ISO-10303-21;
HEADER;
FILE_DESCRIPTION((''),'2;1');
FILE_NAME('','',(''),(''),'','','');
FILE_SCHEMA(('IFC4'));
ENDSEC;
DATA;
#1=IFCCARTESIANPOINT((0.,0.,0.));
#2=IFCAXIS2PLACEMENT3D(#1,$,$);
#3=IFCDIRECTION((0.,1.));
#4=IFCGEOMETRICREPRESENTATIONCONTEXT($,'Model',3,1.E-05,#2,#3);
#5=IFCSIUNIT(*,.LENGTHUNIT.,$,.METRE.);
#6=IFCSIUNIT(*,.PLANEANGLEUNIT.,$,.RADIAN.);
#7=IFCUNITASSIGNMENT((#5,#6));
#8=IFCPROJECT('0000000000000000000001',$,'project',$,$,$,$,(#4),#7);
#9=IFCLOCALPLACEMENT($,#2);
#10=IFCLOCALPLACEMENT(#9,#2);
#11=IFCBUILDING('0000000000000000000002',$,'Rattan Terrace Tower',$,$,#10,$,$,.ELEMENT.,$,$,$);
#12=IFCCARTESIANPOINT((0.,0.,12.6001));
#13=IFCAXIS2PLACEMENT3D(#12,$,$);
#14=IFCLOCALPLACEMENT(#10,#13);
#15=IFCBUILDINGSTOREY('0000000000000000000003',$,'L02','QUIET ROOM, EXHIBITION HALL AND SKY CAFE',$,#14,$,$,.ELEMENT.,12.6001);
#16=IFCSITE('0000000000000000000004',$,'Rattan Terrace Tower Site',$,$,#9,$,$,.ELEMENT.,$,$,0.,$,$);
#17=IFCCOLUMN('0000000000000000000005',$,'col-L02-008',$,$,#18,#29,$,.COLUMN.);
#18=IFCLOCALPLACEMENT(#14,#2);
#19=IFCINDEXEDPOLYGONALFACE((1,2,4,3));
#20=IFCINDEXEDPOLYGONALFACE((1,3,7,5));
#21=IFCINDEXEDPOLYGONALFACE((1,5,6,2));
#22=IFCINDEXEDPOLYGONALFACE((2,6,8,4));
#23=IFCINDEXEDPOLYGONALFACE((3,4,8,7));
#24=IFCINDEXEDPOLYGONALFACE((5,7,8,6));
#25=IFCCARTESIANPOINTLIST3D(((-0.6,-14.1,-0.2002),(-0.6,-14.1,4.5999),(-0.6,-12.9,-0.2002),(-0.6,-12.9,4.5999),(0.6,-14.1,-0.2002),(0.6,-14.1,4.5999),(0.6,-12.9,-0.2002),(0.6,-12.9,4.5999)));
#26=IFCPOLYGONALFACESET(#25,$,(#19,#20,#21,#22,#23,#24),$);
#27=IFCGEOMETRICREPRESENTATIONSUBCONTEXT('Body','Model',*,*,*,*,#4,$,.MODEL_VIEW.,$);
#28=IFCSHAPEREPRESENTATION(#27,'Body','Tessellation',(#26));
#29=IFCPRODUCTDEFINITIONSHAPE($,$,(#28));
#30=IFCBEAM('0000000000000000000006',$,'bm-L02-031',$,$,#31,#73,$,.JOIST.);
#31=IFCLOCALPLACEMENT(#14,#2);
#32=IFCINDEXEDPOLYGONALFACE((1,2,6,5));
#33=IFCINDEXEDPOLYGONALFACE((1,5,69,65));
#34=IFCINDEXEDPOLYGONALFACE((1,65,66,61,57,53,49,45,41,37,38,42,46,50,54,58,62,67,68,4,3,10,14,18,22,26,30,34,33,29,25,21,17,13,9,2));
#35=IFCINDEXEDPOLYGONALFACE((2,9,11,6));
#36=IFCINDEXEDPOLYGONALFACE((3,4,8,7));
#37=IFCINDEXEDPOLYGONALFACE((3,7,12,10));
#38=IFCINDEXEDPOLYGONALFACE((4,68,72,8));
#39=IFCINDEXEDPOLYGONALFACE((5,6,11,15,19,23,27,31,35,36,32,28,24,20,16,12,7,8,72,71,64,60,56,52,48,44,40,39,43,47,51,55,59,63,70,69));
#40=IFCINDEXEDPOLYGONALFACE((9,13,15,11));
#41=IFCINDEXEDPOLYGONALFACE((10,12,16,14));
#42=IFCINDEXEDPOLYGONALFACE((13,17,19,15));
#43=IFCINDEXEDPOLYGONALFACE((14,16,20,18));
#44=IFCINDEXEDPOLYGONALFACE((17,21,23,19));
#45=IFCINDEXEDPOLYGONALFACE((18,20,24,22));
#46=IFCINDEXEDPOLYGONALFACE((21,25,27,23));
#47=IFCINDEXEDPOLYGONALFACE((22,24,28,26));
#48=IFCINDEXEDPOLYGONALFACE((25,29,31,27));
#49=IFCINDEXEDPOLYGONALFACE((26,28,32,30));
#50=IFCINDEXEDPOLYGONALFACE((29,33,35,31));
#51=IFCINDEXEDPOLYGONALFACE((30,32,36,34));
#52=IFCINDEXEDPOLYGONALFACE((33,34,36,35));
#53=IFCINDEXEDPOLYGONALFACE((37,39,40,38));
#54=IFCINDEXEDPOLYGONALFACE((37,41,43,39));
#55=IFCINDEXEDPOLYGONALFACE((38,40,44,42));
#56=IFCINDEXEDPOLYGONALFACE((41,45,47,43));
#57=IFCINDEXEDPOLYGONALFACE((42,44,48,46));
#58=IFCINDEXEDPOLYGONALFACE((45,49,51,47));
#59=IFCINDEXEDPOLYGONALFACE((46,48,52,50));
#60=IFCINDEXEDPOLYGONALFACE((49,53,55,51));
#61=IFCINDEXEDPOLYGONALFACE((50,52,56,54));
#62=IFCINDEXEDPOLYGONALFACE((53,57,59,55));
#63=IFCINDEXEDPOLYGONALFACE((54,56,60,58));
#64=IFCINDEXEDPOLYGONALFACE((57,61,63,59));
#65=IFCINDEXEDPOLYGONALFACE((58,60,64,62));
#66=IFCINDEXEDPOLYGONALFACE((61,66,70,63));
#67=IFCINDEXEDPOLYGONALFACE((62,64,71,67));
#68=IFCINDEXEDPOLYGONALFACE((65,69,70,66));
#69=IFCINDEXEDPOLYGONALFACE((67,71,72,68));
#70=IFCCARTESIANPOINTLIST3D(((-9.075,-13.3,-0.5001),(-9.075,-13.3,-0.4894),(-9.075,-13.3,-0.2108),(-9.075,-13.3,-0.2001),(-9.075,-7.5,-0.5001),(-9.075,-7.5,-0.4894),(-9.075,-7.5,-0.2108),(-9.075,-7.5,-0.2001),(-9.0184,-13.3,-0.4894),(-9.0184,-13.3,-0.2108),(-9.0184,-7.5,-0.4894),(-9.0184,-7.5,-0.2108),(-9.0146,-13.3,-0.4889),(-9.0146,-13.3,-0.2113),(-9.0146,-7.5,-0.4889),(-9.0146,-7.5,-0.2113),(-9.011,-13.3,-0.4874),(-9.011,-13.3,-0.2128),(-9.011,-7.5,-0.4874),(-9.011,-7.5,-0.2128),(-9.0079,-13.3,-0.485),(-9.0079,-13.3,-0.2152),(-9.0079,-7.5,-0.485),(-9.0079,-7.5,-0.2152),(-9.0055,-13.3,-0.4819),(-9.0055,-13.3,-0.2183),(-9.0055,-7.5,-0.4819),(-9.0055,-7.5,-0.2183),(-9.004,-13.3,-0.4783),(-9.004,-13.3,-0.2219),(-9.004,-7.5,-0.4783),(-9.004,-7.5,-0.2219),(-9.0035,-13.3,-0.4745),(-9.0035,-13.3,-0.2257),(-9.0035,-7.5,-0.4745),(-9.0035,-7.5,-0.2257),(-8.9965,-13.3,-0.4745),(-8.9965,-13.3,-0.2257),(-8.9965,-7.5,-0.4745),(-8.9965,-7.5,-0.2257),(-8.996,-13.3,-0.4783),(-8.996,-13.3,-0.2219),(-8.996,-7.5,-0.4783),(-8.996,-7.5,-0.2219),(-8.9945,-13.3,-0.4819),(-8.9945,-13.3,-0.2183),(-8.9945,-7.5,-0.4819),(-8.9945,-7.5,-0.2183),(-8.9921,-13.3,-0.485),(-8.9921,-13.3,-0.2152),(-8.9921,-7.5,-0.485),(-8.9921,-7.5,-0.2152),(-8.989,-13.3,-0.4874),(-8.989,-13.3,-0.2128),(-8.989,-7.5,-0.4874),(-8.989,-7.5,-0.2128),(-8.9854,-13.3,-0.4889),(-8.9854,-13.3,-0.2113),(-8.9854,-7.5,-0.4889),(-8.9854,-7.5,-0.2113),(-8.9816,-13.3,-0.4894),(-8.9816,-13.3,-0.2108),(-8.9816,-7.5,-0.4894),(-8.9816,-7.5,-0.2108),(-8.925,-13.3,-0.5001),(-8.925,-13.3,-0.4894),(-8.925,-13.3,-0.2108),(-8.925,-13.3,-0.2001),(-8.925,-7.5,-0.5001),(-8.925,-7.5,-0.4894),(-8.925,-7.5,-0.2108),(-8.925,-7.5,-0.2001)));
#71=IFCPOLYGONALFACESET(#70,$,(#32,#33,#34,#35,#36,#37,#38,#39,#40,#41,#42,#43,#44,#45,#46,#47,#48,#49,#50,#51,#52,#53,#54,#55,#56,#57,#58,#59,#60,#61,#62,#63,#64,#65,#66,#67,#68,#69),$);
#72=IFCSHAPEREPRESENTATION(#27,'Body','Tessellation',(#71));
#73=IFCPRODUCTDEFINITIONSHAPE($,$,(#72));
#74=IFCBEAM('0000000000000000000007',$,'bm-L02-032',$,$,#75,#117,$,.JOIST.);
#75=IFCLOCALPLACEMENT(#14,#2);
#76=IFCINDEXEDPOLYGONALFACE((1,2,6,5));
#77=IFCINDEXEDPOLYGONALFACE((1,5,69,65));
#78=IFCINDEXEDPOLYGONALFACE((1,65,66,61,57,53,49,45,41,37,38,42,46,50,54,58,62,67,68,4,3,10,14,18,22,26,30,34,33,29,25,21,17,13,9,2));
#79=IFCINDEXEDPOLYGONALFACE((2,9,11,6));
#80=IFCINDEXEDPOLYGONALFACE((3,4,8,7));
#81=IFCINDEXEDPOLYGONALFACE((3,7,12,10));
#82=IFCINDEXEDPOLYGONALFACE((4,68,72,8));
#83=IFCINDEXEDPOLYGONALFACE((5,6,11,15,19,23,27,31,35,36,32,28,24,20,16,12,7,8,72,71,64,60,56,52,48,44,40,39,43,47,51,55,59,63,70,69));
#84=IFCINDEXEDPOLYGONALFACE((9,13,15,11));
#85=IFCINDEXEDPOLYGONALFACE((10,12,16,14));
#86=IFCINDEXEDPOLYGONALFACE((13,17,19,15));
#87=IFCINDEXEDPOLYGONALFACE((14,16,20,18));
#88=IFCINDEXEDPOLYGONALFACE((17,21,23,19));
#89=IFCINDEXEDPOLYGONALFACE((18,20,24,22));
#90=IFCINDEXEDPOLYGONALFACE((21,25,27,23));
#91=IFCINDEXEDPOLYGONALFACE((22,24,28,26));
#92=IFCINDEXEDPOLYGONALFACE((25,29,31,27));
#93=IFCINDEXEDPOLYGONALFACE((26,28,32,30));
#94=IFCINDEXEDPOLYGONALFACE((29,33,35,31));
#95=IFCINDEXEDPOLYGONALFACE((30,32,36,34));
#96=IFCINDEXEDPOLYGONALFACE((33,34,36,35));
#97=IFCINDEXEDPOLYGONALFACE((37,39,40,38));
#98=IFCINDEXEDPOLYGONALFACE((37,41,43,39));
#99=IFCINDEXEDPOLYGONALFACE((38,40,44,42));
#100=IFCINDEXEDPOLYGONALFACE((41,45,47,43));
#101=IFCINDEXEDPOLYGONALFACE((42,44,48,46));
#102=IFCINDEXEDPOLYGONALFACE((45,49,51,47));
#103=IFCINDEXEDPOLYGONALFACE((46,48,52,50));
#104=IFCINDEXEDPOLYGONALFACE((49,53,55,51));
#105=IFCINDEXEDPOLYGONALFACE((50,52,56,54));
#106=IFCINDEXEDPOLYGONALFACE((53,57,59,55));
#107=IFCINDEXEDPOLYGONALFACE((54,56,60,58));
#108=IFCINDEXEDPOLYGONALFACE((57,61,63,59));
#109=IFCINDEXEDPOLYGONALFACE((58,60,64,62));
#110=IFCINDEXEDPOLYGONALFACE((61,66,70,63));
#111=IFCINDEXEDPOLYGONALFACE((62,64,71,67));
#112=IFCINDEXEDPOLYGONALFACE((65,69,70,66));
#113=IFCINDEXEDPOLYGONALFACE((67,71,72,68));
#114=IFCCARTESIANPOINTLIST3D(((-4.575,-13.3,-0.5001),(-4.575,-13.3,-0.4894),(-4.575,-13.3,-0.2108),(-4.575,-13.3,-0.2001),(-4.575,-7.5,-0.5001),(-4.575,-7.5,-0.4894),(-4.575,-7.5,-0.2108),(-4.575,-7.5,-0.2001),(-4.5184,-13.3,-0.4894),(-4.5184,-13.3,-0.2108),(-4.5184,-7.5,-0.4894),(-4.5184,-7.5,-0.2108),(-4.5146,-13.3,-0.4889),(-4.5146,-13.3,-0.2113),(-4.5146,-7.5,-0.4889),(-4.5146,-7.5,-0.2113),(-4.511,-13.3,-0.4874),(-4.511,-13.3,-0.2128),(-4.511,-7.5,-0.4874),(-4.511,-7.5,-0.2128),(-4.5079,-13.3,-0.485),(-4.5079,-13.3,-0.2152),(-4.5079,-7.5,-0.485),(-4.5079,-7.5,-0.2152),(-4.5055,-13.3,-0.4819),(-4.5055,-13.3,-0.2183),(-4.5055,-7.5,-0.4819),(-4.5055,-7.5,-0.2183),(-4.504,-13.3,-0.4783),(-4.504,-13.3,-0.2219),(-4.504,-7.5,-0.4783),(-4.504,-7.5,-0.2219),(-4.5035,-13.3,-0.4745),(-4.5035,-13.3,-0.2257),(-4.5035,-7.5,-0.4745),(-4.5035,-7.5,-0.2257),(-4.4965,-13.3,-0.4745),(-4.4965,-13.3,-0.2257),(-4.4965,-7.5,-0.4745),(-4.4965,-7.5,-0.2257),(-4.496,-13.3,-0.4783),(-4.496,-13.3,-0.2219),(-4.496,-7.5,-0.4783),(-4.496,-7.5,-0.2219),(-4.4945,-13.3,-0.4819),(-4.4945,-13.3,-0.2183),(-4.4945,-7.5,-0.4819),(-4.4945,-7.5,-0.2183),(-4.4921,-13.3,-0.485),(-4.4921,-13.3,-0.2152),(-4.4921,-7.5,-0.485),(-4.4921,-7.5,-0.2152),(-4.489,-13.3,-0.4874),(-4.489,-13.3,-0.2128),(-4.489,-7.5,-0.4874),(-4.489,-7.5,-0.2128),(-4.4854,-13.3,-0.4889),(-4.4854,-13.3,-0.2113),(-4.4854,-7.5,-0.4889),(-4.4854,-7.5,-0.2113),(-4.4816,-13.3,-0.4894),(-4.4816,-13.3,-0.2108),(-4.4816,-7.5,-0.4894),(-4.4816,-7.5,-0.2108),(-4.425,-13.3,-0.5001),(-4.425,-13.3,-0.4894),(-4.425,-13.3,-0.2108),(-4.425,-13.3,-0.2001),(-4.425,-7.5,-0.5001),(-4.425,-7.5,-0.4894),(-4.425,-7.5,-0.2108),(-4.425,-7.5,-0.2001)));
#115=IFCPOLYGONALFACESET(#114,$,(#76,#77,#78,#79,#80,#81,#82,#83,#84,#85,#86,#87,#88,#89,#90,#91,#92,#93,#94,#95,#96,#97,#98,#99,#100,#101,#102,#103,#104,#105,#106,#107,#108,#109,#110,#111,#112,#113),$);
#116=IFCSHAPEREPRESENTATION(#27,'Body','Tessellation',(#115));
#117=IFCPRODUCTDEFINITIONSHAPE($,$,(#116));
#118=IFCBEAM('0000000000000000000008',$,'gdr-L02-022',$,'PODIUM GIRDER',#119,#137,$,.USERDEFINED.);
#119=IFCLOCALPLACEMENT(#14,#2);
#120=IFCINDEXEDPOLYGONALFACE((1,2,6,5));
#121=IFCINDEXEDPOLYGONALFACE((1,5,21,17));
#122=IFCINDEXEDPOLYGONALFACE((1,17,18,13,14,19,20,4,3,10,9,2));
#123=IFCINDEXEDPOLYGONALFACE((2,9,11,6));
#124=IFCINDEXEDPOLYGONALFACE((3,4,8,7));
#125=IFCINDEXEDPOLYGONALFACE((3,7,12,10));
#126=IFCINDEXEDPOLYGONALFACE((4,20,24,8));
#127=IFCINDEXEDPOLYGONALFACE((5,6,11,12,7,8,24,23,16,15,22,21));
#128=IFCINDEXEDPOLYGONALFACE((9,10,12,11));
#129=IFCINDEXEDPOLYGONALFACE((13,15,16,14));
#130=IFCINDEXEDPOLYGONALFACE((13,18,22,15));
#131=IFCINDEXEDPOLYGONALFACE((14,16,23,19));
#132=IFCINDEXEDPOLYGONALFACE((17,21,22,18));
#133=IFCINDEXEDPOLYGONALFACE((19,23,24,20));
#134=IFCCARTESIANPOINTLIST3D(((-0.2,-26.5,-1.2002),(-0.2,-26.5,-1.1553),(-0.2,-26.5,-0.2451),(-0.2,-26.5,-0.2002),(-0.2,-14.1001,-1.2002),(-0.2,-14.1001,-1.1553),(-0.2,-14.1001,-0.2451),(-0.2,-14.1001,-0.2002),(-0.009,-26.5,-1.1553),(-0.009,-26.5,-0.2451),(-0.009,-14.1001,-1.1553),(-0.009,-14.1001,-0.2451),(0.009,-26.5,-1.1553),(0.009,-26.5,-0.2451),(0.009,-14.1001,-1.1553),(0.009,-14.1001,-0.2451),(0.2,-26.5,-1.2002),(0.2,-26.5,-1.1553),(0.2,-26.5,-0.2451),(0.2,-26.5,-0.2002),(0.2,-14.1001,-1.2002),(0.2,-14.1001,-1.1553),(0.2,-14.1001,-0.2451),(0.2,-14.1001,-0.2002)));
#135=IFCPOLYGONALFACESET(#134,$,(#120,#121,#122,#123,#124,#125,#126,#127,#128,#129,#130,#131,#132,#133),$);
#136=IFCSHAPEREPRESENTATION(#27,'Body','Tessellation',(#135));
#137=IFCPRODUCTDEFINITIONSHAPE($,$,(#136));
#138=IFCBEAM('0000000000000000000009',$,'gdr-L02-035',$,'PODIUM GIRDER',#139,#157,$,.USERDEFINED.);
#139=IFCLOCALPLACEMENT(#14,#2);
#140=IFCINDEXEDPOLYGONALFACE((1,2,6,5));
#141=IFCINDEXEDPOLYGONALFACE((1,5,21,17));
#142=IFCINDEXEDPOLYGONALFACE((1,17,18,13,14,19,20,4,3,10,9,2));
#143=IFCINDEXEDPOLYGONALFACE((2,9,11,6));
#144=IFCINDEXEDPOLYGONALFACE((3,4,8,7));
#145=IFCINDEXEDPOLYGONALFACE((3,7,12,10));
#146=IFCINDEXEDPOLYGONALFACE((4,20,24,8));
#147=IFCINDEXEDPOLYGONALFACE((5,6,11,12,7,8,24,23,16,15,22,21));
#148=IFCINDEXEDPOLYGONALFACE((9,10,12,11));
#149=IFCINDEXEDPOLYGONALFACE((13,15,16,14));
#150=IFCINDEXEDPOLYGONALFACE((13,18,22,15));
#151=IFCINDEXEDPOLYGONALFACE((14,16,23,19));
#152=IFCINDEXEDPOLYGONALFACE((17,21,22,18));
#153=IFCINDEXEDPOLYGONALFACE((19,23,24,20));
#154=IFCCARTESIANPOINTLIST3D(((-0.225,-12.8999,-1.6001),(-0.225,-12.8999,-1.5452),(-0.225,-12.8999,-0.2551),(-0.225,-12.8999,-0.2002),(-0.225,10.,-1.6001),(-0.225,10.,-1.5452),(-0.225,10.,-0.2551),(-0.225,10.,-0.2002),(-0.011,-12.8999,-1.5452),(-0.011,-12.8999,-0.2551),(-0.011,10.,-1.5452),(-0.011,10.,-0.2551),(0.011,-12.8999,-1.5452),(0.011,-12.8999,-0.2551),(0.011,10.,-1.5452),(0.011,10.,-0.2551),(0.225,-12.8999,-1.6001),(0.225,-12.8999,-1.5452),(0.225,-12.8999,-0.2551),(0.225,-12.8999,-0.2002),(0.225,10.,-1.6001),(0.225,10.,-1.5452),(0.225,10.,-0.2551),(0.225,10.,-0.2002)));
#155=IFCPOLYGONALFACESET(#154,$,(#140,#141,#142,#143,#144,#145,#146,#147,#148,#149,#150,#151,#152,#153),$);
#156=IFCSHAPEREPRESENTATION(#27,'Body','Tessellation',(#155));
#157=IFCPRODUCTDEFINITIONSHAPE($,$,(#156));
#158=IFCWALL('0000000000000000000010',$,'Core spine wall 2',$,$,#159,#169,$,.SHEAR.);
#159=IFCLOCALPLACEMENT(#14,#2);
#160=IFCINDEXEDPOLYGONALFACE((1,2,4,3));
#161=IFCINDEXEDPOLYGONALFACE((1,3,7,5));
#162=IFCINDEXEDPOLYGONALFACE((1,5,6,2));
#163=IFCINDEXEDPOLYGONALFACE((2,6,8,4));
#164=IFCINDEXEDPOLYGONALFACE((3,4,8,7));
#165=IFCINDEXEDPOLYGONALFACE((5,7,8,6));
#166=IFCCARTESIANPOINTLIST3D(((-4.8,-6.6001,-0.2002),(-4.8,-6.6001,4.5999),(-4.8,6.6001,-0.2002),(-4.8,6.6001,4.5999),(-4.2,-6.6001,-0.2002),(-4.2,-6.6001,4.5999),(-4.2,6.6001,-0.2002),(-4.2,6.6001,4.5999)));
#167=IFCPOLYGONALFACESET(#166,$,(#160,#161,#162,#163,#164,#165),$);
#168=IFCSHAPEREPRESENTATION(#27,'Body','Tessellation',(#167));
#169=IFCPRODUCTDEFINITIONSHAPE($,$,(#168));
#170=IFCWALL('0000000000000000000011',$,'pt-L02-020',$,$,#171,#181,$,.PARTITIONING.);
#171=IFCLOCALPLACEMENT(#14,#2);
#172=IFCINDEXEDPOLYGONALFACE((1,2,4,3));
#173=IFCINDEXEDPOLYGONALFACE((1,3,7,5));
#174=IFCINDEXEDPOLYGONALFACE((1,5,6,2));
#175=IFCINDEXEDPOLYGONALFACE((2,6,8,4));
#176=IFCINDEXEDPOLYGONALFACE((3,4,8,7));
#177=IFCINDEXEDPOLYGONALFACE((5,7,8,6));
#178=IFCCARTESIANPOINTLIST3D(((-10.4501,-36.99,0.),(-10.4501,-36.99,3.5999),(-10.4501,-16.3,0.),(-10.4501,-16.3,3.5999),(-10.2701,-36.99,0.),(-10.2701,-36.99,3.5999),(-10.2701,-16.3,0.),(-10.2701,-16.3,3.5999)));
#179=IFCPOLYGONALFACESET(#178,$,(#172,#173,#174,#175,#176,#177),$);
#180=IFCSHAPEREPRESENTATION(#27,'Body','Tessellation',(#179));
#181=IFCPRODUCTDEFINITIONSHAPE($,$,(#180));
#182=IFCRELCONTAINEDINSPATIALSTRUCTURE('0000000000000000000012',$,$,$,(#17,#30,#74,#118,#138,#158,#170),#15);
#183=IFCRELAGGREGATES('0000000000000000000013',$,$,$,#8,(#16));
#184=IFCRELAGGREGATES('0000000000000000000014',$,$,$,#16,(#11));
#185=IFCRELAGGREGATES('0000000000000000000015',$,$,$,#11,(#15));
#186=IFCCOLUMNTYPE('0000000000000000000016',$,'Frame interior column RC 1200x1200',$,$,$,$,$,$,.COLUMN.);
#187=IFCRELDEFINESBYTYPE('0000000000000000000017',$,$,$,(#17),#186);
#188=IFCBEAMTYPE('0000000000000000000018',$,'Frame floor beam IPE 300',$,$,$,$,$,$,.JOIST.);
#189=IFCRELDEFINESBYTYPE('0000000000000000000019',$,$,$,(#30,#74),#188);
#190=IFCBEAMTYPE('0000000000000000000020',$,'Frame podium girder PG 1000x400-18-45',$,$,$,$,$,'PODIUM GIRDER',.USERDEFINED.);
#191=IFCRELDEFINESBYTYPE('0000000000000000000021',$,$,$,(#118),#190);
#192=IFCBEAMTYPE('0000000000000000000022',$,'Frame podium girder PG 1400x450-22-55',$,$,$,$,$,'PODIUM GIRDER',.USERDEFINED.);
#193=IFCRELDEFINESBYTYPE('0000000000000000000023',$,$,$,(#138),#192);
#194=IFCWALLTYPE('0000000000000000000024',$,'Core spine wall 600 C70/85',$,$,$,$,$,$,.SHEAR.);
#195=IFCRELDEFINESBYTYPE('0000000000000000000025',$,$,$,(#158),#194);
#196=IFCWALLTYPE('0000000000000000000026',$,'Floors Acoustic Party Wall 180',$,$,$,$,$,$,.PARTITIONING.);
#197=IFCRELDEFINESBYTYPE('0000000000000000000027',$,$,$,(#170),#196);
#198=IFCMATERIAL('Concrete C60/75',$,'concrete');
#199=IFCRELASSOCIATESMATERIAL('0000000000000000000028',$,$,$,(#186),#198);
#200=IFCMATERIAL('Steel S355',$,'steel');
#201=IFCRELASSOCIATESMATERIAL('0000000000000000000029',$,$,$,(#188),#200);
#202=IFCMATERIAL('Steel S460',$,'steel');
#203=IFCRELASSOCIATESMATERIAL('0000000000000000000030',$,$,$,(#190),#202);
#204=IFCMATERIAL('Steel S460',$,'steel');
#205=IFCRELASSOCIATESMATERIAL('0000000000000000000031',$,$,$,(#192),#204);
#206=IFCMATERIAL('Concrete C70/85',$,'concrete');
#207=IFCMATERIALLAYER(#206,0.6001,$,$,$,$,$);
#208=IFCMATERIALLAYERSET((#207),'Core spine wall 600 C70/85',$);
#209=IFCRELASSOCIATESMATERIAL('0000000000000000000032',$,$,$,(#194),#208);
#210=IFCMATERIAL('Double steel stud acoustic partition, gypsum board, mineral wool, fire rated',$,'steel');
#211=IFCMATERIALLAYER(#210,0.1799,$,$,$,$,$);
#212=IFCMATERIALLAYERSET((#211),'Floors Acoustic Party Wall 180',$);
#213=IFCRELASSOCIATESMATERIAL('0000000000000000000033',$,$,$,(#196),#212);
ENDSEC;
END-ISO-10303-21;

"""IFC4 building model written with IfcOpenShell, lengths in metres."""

from ifc_helpers import new_model, si_unit, direction, frame, frame_2d, origin, origin_2d, place, context, subcontext, project, spatial, rectangle, i_section, extrude, material, layer, layer_set, material_profile, profile_set, type_object, element, save


model = new_model("IFC4")

# Units and contexts
model_context = context("Model", 3, precision=1e-05, world=origin(), true_north=direction((0.0, 1.0)))
body_context = subcontext(model_context, "Body", "Model", "MODEL_VIEW")
ifc_project = project(units=[si_unit("LENGTHUNIT", "METRE"), si_unit("PLANEANGLEUNIT", "RADIAN")], contexts=[model_context])

# Site, building, storey
site_placement = place(None, origin())
site = spatial("IfcSite", under=ifc_project, at=site_placement, Name="Rattan Terrace Tower Site", CompositionType="ELEMENT", RefElevation=0.0)
building_placement = place(site_placement, origin())
building = spatial("IfcBuilding", under=site, at=building_placement, Name="Rattan Terrace Tower", CompositionType="ELEMENT")
storey_placement = place(building_placement, frame((0.0, 0.0, 12.6001)))
storey = spatial("IfcBuildingStorey", under=building, at=storey_placement, Name="L02", Description="QUIET ROOM, EXHIBITION HALL AND SKY CAFE", CompositionType="ELEMENT", Elevation=12.6001)

# Column
ifc_material_1 = material(Name="Concrete C60/75", Category="concrete")
ifc_material_profile_1 = material_profile(ifc_material_1, rectangle(XDim=1.2, YDim=1.2, at=origin_2d()), Name="RC 1200x1200")
ifc_profile_set_1 = profile_set([ifc_material_profile_1], Name="Concrete C60/75")
column_type = type_object("IfcColumnType", Name="Frame interior column RC 1200x1200", PredefinedType="COLUMN", material=ifc_profile_set_1)
column_placement = place(storey_placement, frame((0.0, -13.5, -0.2002), z_axis=(0.0, 0.0, 1.0), x_axis=(1.0, 0.0, 0.0)))
element("IfcColumn", 1, at=column_placement, inside=storey, type_object=column_type, Name="col-L02-008", PredefinedType="COLUMN", context=body_context, shape_type="SweptSolid", body=[
    extrude(rectangle(XDim=1.2, YDim=1.2, at=origin_2d()), origin(), (0.0, 0.0, 1.0), 4.8),
])

# Beams
ifc_material_2 = material(Name="Steel S355", Category="steel")
ifc_material_profile_2 = material_profile(ifc_material_2, i_section(OverallWidth=0.1499, OverallDepth=0.3, WebThickness=0.0071, FlangeThickness=0.0107, FilletRadius=0.0149, at=origin_2d()), Name="IPE 300")
ifc_profile_set_2 = profile_set([ifc_material_profile_2], Name="Steel S355")
beam_type_1 = type_object("IfcBeamType", Name="Frame floor beam IPE 300", PredefinedType="JOIST", material=ifc_profile_set_2)
for number, where, z_axis, x_axis, name in (
    (2, (-9.0, -13.3, -0.3501), (0.0, 1.0, 0.0), (-1.0, 0.0, 0.0), "bm-L02-031"),
    (3, (-4.5, -13.3, -0.3501), (0.0, 1.0, 0.0), (-1.0, 0.0, 0.0), "bm-L02-032"),
):
    element("IfcBeam", number, at=place(storey_placement, frame(where, z_axis=z_axis, x_axis=x_axis)), inside=storey, type_object=beam_type_1, Name=name, PredefinedType="JOIST", context=body_context, shape_type="SweptSolid", body=[
        extrude(i_section(OverallWidth=0.1499, OverallDepth=0.3, WebThickness=0.0071, FlangeThickness=0.0107, FilletRadius=0.0149, at=origin_2d()), origin(), (0.0, 0.0, 1.0), 5.8),
    ])
ifc_material_3 = material(Name="Steel S460", Category="steel")
ifc_material_profile_3 = material_profile(ifc_material_3, i_section(OverallWidth=0.3999, OverallDepth=1.0, WebThickness=0.0181, FlangeThickness=0.0449, at=origin_2d()), Name="PG 1000x400-18-45")
ifc_profile_set_3 = profile_set([ifc_material_profile_3], Name="Steel S460")
beam_type_2 = type_object("IfcBeamType", Name="Frame podium girder PG 1000x400-18-45", ElementType="PODIUM GIRDER", PredefinedType="USERDEFINED", material=ifc_profile_set_3)
beam_1_placement = place(storey_placement, frame((0.0, -26.5, -0.7002), z_axis=(0.0, 1.0, 0.0), x_axis=(-1.0, 0.0, 0.0)))
element("IfcBeam", 4, at=beam_1_placement, inside=storey, type_object=beam_type_2, Name="gdr-L02-022", ObjectType="PODIUM GIRDER", PredefinedType="USERDEFINED", context=body_context, shape_type="SweptSolid", body=[
    extrude(i_section(OverallWidth=0.3999, OverallDepth=1.0, WebThickness=0.0181, FlangeThickness=0.0449, at=origin_2d()), origin(), (0.0, 0.0, 1.0), 12.3999),
])
ifc_material_4 = material(Name="Steel S460", Category="steel")
ifc_material_profile_4 = material_profile(ifc_material_4, i_section(OverallWidth=0.45, OverallDepth=1.3999, WebThickness=0.022, FlangeThickness=0.0549, at=origin_2d()), Name="PG 1400x450-22-55")
ifc_profile_set_4 = profile_set([ifc_material_profile_4], Name="Steel S460")
beam_type_3 = type_object("IfcBeamType", Name="Frame podium girder PG 1400x450-22-55", ElementType="PODIUM GIRDER", PredefinedType="USERDEFINED", material=ifc_profile_set_4)
beam_2_placement = place(storey_placement, frame((0.0, -12.8999, -0.9001), z_axis=(0.0, 1.0, 0.0), x_axis=(-1.0, 0.0, 0.0)))
element("IfcBeam", 5, at=beam_2_placement, inside=storey, type_object=beam_type_3, Name="gdr-L02-035", ObjectType="PODIUM GIRDER", PredefinedType="USERDEFINED", context=body_context, shape_type="SweptSolid", body=[
    extrude(i_section(OverallWidth=0.45, OverallDepth=1.3999, WebThickness=0.022, FlangeThickness=0.0549, at=origin_2d()), origin(), (0.0, 0.0, 1.0), 22.8999),
])

# Walls
ifc_material_5 = material(Name="Concrete C70/85", Category="concrete")
ifc_layer_1 = layer(ifc_material_5, 0.6001)
ifc_layer_set_1 = layer_set([ifc_layer_1], Name="Core spine wall 600 C70/85")
wall_type_1 = type_object("IfcWallType", Name="Core spine wall 600 C70/85", PredefinedType="SHEAR", material=ifc_layer_set_1)
wall_1_placement = place(storey_placement, frame((-4.5, -6.6001, -0.2002), z_axis=(0.0, 0.0, 1.0), x_axis=(0.0, 1.0, 0.0)))
element("IfcWall", 6, at=wall_1_placement, inside=storey, type_object=wall_type_1, Name="Core spine wall 2", PredefinedType="SHEAR", context=body_context, shape_type="SweptSolid", body=[
    extrude(rectangle(XDim=13.2002, YDim=0.6001, at=frame_2d((6.6001, 0.0))), origin(), (0.0, 0.0, 1.0), 4.8),
])
ifc_material_6 = material(Name="Double steel stud acoustic partition, gypsum board, mineral wool, fire rated", Category="steel")
ifc_layer_2 = layer(ifc_material_6, 0.1799)
ifc_layer_set_2 = layer_set([ifc_layer_2], Name="Floors Acoustic Party Wall 180")
wall_type_2 = type_object("IfcWallType", Name="Floors Acoustic Party Wall 180", PredefinedType="PARTITIONING", material=ifc_layer_set_2)
wall_2_placement = place(storey_placement, frame((-10.3601, -16.3, 0.0), z_axis=(0.0, 0.0, 1.0), x_axis=(0.0, -1.0, 0.0)))
element("IfcWall", 7, at=wall_2_placement, inside=storey, type_object=wall_type_2, Name="pt-L02-020", PredefinedType="PARTITIONING", context=body_context, shape_type="SweptSolid", body=[
    extrude(rectangle(XDim=20.6899, YDim=0.1799, at=frame_2d((10.345, 0.0))), origin(), (0.0, 0.0, 1.0), 3.5999),
])

save(model, "model.ifc")
